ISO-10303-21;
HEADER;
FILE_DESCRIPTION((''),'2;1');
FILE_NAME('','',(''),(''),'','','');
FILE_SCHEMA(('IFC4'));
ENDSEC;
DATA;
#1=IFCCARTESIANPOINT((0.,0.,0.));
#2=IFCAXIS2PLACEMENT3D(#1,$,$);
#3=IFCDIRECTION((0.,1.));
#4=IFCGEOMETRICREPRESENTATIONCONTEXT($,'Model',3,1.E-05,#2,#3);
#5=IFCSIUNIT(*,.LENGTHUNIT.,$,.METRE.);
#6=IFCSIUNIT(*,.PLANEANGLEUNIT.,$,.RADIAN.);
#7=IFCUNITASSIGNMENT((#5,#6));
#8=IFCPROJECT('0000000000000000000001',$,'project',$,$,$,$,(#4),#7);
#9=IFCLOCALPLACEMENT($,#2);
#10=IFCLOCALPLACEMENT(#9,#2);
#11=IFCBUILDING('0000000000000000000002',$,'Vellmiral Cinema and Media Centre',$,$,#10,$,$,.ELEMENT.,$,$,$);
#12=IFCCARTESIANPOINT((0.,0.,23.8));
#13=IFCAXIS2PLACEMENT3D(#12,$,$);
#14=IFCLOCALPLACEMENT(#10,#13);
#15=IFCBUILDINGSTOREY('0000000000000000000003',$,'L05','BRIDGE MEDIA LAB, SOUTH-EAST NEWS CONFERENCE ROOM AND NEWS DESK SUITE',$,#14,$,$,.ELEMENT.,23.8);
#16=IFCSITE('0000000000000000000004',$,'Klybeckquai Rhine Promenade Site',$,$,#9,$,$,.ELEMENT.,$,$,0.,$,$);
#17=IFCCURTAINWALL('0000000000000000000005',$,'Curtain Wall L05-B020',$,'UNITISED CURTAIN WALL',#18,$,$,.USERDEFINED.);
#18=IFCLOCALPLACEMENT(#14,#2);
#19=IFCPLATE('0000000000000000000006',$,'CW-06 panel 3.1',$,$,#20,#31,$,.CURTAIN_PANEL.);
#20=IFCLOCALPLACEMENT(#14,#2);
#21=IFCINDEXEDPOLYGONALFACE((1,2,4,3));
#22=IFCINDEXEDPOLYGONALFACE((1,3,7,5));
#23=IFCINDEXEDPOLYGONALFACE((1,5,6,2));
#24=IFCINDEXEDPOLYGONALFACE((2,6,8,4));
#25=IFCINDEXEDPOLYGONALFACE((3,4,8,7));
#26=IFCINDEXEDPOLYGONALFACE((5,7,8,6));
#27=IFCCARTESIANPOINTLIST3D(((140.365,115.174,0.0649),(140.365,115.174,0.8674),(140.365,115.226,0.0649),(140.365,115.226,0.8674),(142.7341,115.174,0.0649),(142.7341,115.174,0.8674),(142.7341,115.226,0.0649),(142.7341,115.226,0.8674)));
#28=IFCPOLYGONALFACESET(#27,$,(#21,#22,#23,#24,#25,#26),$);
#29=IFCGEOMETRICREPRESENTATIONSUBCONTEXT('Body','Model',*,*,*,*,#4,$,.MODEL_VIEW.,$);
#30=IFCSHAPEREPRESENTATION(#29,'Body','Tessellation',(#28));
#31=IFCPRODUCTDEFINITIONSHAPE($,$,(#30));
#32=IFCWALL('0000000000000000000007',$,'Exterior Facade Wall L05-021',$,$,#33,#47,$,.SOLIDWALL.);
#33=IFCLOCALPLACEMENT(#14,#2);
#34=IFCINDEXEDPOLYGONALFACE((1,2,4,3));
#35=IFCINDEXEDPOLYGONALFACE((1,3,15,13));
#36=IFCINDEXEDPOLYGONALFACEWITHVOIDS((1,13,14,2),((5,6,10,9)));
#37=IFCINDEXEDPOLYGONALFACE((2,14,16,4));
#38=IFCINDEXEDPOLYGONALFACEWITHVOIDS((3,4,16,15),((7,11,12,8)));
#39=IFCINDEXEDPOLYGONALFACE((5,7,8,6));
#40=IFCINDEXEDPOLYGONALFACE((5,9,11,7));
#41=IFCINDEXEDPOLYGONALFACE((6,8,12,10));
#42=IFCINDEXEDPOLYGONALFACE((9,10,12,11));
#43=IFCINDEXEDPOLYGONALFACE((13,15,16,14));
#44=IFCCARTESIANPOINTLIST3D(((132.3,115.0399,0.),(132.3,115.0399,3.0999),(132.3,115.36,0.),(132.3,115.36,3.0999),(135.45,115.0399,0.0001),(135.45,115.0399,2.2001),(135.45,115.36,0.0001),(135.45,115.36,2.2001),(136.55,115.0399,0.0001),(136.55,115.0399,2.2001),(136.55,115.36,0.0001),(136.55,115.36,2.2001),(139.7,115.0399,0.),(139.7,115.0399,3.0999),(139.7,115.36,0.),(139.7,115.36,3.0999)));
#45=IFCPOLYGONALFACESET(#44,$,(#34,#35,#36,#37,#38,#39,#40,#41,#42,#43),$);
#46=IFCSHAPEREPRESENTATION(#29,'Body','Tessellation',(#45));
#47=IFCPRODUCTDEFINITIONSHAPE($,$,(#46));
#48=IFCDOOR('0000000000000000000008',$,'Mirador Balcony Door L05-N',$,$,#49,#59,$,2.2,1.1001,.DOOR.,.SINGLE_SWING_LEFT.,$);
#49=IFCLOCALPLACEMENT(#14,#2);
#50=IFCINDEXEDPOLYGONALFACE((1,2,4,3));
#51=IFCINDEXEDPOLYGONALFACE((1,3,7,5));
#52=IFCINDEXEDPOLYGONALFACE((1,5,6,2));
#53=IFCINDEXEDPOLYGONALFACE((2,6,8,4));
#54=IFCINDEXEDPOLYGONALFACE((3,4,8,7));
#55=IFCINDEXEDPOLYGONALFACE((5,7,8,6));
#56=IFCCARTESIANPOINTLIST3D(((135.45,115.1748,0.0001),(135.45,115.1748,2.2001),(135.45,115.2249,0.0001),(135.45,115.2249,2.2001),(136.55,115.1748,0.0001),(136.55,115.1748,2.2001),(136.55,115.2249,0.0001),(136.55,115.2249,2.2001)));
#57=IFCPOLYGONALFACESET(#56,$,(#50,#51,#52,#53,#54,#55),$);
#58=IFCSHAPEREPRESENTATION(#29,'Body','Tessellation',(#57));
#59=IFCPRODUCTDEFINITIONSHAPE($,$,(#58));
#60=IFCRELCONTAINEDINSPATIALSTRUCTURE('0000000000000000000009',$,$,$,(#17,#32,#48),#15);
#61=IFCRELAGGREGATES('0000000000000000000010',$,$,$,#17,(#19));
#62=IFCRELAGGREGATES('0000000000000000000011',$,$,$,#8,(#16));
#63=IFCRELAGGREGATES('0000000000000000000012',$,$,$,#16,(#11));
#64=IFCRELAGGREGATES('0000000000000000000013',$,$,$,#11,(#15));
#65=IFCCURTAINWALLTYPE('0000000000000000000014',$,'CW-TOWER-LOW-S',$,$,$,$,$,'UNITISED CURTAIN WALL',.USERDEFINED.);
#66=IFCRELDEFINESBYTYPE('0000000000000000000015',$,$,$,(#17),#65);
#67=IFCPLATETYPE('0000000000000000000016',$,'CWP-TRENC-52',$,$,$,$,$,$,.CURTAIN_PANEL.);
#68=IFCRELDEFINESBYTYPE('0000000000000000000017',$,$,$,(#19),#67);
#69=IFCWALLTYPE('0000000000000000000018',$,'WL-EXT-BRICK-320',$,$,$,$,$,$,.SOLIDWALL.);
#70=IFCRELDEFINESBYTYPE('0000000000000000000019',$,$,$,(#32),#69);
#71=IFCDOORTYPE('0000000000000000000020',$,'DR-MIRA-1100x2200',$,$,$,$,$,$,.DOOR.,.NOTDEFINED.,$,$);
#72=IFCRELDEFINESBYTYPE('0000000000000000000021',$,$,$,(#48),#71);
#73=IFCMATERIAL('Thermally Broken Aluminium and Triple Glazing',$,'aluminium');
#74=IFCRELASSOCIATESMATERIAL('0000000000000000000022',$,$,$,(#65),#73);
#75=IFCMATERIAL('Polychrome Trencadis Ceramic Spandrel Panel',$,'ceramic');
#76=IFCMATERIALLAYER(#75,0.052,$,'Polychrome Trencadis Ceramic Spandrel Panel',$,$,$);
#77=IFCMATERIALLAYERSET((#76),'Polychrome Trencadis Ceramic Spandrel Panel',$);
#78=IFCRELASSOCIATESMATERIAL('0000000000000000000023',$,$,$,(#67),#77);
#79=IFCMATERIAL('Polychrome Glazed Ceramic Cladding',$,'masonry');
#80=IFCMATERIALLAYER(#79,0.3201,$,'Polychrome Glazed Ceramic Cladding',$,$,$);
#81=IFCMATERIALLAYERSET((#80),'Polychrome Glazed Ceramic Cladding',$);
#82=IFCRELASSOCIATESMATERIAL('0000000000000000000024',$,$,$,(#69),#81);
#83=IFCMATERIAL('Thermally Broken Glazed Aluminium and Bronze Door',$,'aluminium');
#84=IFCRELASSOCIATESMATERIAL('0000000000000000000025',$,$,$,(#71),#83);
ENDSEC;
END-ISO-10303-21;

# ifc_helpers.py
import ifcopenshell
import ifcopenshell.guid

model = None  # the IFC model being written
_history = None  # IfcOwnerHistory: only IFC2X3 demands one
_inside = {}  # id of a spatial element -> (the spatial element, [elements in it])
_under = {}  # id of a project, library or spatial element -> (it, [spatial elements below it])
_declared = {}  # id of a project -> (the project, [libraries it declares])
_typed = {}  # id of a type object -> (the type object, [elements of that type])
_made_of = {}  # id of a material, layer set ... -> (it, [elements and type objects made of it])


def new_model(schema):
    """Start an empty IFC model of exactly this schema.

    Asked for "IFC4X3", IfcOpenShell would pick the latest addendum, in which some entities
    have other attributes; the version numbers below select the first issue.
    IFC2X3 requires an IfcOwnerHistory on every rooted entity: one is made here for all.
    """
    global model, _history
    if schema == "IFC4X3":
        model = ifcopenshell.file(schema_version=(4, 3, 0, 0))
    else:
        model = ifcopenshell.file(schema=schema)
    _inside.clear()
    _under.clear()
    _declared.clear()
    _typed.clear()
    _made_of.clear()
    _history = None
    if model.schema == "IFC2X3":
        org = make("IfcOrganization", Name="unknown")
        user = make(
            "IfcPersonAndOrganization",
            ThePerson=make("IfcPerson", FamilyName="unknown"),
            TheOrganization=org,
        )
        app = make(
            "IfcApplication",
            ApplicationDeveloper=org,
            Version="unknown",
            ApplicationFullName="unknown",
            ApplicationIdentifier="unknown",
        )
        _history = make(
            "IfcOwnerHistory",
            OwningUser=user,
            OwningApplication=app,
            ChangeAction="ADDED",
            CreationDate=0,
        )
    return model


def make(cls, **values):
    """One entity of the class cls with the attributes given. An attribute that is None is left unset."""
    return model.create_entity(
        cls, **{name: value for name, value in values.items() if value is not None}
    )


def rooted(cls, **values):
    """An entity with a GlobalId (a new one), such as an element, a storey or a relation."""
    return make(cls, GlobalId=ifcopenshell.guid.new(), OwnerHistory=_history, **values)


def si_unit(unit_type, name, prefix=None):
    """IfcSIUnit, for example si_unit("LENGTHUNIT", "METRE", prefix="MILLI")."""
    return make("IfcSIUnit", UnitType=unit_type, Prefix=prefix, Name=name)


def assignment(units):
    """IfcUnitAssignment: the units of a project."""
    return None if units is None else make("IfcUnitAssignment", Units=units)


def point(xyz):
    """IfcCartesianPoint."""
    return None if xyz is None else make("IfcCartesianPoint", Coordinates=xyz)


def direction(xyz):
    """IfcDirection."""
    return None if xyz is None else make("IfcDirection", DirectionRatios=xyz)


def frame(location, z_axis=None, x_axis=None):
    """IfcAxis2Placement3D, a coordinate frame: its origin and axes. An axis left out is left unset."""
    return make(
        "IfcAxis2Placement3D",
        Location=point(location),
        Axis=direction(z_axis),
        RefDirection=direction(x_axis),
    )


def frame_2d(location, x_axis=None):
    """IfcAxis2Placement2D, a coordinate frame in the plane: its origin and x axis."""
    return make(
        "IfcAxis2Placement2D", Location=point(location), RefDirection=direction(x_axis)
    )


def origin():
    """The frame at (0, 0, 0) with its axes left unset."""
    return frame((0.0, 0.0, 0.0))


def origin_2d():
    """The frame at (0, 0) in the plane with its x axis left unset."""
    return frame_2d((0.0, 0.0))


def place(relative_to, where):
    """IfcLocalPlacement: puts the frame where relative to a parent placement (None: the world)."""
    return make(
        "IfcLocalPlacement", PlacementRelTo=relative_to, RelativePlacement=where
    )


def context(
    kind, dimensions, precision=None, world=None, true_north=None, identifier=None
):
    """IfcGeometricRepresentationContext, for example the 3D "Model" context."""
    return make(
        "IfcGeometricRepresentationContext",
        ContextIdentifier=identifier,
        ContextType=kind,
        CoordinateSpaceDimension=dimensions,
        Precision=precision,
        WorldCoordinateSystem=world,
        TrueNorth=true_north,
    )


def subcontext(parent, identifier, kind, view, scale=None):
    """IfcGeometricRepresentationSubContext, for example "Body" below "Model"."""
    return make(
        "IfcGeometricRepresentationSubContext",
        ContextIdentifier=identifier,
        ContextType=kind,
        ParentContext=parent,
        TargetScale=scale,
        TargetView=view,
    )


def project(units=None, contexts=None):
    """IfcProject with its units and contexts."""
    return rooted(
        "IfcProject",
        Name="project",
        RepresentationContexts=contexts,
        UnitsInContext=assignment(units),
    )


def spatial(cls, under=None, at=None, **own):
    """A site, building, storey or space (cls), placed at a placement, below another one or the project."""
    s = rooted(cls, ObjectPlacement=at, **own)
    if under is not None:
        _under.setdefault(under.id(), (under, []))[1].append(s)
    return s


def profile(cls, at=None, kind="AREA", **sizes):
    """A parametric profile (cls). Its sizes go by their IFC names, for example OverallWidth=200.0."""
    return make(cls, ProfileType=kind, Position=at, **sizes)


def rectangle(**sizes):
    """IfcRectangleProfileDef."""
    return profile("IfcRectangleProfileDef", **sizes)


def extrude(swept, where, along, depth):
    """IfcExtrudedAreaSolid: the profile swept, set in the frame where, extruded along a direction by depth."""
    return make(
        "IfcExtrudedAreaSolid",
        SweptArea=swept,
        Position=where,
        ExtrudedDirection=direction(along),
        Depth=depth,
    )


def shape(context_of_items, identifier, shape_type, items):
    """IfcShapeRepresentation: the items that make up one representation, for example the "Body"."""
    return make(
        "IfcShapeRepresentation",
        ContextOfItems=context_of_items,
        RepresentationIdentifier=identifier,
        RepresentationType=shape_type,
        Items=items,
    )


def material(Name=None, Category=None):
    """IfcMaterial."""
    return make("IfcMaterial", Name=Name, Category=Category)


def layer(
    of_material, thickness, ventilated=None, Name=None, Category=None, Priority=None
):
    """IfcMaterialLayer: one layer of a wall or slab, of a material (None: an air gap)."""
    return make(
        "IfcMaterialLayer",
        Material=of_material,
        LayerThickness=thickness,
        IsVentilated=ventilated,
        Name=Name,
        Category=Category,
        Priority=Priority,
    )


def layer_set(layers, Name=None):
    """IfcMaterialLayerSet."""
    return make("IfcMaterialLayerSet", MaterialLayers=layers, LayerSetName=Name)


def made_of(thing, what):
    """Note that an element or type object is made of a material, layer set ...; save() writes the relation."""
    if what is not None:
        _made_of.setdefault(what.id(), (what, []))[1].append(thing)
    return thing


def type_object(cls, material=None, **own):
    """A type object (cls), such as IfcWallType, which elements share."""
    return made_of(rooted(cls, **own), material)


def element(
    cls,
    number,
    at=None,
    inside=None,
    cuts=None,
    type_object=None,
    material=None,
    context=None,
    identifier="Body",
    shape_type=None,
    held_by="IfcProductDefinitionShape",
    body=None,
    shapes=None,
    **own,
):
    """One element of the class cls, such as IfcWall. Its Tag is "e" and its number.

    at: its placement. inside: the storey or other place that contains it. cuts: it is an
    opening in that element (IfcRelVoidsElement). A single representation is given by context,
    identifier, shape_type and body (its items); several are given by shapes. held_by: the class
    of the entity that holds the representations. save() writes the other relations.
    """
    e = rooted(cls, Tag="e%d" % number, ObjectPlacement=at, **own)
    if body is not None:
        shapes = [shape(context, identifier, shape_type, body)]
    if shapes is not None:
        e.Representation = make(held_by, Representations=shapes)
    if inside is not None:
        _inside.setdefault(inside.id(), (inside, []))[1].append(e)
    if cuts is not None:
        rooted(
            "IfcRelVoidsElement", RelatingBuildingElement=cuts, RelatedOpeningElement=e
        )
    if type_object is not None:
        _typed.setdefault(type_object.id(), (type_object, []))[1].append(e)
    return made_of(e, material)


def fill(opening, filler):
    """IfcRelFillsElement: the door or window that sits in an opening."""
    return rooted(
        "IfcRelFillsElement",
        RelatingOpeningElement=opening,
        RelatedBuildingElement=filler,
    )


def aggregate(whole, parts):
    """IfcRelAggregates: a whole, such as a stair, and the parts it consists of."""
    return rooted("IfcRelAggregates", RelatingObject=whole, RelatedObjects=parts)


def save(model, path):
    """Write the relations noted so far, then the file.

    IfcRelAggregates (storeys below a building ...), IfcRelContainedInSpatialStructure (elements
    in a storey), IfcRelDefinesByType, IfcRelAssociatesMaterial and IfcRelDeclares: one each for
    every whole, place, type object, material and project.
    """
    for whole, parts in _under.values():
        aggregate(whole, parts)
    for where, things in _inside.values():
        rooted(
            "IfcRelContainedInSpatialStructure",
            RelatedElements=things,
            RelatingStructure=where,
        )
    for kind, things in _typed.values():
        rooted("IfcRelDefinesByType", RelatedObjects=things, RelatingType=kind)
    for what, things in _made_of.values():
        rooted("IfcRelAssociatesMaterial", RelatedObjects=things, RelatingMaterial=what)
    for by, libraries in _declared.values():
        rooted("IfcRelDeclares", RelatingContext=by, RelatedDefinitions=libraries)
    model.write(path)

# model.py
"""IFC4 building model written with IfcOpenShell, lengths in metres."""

from ifc_helpers import new_model, si_unit, direction, frame, frame_2d, origin, origin_2d, place, context, subcontext, project, spatial, rectangle, extrude, material, layer, layer_set, type_object, element, fill, aggregate, save


model = new_model("IFC4")

# Units and contexts
model_context = context("Model", 3, precision=1e-05, world=origin(), true_north=direction((0.0, 1.0)))
body_context = subcontext(model_context, "Body", "Model", "MODEL_VIEW")
ifc_project = project(units=[si_unit("LENGTHUNIT", "METRE"), si_unit("PLANEANGLEUNIT", "RADIAN")], contexts=[model_context])

# Site, building, storey
site_placement = place(None, origin())
site = spatial("IfcSite", under=ifc_project, at=site_placement, Name="Klybeckquai Rhine Promenade Site", CompositionType="ELEMENT", RefElevation=0.0)
building_placement = place(site_placement, origin())
building = spatial("IfcBuilding", under=site, at=building_placement, Name="Vellmiral Cinema and Media Centre", CompositionType="ELEMENT")
storey_placement = place(building_placement, frame((0.0, 0.0, 23.8)))
storey = spatial("IfcBuildingStorey", under=building, at=storey_placement, Name="L05", Description="BRIDGE MEDIA LAB, SOUTH-EAST NEWS CONFERENCE ROOM AND NEWS DESK SUITE", CompositionType="ELEMENT", Elevation=23.8)

# Curtain wall
ifc_material_1 = material(Name="Thermally Broken Aluminium and Triple Glazing", Category="aluminium")
curtain_wall_type = type_object("IfcCurtainWallType", Name="CW-TOWER-LOW-S", ElementType="UNITISED CURTAIN WALL", PredefinedType="USERDEFINED", material=ifc_material_1)
curtain_wall_1_placement = place(storey_placement, origin())
curtain_wall_1 = element("IfcCurtainWall", 1, at=curtain_wall_1_placement, inside=storey, type_object=curtain_wall_type, Name="Curtain Wall L05-B020", ObjectType="UNITISED CURTAIN WALL", PredefinedType="USERDEFINED")

# Plate
ifc_material_2 = material(Name="Polychrome Trencadis Ceramic Spandrel Panel", Category="ceramic")
ifc_layer_1 = layer(ifc_material_2, 0.052, Name="Polychrome Trencadis Ceramic Spandrel Panel")
ifc_layer_set_1 = layer_set([ifc_layer_1], Name="Polychrome Trencadis Ceramic Spandrel Panel")
plate_type_1 = type_object("IfcPlateType", Name="CWP-TRENC-52", PredefinedType="CURTAIN_PANEL", material=ifc_layer_set_1)
plate_1_placement = place(storey_placement, frame((141.5496, 115.2, 0.0649), z_axis=(0.0, 0.0, 1.0), x_axis=(-1.0, 0.0, 0.0)))
plate_1 = element("IfcPlate", 2, at=plate_1_placement, type_object=plate_type_1, Name="CW-06 panel 3.1", PredefinedType="CURTAIN_PANEL", context=body_context, shape_type="SweptSolid", body=[
    extrude(rectangle(XDim=2.3691, YDim=0.052, at=origin_2d()), origin(), (0.0, 0.0, 1.0), 0.8025),
])
aggregate(curtain_wall_1, [plate_1])

# Wall, opening, door
ifc_material_3 = material(Name="Polychrome Glazed Ceramic Cladding", Category="masonry")
ifc_layer_2 = layer(ifc_material_3, 0.3201, Name="Polychrome Glazed Ceramic Cladding")
ifc_layer_set_2 = layer_set([ifc_layer_2], Name="Polychrome Glazed Ceramic Cladding")
wall_type = type_object("IfcWallType", Name="WL-EXT-BRICK-320", PredefinedType="SOLIDWALL", material=ifc_layer_set_2)
wall_placement = place(storey_placement, frame((139.7, 115.2, 0.0), z_axis=(0.0, 0.0, 1.0), x_axis=(-1.0, 0.0, 0.0)))
wall = element("IfcWall", 3, at=wall_placement, inside=storey, type_object=wall_type, Name="Exterior Facade Wall L05-021", PredefinedType="SOLIDWALL", context=body_context, shape_type="SweptSolid", body=[
    extrude(rectangle(XDim=7.3999, YDim=0.3201, at=frame_2d((3.7, 0.0))), origin(), (0.0, 0.0, 1.0), 3.0999),
])
opening_placement = place(wall_placement, frame((3.1499, 0.0, 0.0)))
opening = element("IfcOpeningElement", 4, at=opening_placement, cuts=wall, PredefinedType="OPENING", context=body_context, shape_type="SweptSolid", body=[
    extrude(rectangle(XDim=1.1001, YDim=2.2, at=frame_2d((0.55, 1.1001))), frame((0.0, 0.1719, 0.0), z_axis=(0.0, -1.0, 0.0), x_axis=(1.0, 0.0, 0.0)), (0.0, 0.0, 1.0), 0.344),
])
ifc_material_4 = material(Name="Thermally Broken Glazed Aluminium and Bronze Door", Category="aluminium")
door_type = type_object("IfcDoorType", Name="DR-MIRA-1100x2200", OperationType="NOTDEFINED", PredefinedType="DOOR", material=ifc_material_4)
door_placement = place(opening_placement, frame((1.1001, 0.0, 0.0), z_axis=(0.0, 0.0, 1.0), x_axis=(-1.0, 0.0, 0.0)))
door = element("IfcDoor", 5, at=door_placement, inside=storey, type_object=door_type, Name="Mirador Balcony Door L05-N", OperationType="SINGLE_SWING_LEFT", OverallHeight=2.2, OverallWidth=1.1001, PredefinedType="DOOR", context=body_context, shape_type="SweptSolid", body=[
    extrude(rectangle(XDim=1.1001, YDim=2.2, at=frame_2d((0.55, 1.1001))), frame((0.0, 0.0249, 0.0), z_axis=(0.0, -1.0, 0.0), x_axis=(1.0, 0.0, 0.0)), (0.0, 0.0, 1.0), 0.05),
])
fill(opening, door)

save(model, "model.ifc")
